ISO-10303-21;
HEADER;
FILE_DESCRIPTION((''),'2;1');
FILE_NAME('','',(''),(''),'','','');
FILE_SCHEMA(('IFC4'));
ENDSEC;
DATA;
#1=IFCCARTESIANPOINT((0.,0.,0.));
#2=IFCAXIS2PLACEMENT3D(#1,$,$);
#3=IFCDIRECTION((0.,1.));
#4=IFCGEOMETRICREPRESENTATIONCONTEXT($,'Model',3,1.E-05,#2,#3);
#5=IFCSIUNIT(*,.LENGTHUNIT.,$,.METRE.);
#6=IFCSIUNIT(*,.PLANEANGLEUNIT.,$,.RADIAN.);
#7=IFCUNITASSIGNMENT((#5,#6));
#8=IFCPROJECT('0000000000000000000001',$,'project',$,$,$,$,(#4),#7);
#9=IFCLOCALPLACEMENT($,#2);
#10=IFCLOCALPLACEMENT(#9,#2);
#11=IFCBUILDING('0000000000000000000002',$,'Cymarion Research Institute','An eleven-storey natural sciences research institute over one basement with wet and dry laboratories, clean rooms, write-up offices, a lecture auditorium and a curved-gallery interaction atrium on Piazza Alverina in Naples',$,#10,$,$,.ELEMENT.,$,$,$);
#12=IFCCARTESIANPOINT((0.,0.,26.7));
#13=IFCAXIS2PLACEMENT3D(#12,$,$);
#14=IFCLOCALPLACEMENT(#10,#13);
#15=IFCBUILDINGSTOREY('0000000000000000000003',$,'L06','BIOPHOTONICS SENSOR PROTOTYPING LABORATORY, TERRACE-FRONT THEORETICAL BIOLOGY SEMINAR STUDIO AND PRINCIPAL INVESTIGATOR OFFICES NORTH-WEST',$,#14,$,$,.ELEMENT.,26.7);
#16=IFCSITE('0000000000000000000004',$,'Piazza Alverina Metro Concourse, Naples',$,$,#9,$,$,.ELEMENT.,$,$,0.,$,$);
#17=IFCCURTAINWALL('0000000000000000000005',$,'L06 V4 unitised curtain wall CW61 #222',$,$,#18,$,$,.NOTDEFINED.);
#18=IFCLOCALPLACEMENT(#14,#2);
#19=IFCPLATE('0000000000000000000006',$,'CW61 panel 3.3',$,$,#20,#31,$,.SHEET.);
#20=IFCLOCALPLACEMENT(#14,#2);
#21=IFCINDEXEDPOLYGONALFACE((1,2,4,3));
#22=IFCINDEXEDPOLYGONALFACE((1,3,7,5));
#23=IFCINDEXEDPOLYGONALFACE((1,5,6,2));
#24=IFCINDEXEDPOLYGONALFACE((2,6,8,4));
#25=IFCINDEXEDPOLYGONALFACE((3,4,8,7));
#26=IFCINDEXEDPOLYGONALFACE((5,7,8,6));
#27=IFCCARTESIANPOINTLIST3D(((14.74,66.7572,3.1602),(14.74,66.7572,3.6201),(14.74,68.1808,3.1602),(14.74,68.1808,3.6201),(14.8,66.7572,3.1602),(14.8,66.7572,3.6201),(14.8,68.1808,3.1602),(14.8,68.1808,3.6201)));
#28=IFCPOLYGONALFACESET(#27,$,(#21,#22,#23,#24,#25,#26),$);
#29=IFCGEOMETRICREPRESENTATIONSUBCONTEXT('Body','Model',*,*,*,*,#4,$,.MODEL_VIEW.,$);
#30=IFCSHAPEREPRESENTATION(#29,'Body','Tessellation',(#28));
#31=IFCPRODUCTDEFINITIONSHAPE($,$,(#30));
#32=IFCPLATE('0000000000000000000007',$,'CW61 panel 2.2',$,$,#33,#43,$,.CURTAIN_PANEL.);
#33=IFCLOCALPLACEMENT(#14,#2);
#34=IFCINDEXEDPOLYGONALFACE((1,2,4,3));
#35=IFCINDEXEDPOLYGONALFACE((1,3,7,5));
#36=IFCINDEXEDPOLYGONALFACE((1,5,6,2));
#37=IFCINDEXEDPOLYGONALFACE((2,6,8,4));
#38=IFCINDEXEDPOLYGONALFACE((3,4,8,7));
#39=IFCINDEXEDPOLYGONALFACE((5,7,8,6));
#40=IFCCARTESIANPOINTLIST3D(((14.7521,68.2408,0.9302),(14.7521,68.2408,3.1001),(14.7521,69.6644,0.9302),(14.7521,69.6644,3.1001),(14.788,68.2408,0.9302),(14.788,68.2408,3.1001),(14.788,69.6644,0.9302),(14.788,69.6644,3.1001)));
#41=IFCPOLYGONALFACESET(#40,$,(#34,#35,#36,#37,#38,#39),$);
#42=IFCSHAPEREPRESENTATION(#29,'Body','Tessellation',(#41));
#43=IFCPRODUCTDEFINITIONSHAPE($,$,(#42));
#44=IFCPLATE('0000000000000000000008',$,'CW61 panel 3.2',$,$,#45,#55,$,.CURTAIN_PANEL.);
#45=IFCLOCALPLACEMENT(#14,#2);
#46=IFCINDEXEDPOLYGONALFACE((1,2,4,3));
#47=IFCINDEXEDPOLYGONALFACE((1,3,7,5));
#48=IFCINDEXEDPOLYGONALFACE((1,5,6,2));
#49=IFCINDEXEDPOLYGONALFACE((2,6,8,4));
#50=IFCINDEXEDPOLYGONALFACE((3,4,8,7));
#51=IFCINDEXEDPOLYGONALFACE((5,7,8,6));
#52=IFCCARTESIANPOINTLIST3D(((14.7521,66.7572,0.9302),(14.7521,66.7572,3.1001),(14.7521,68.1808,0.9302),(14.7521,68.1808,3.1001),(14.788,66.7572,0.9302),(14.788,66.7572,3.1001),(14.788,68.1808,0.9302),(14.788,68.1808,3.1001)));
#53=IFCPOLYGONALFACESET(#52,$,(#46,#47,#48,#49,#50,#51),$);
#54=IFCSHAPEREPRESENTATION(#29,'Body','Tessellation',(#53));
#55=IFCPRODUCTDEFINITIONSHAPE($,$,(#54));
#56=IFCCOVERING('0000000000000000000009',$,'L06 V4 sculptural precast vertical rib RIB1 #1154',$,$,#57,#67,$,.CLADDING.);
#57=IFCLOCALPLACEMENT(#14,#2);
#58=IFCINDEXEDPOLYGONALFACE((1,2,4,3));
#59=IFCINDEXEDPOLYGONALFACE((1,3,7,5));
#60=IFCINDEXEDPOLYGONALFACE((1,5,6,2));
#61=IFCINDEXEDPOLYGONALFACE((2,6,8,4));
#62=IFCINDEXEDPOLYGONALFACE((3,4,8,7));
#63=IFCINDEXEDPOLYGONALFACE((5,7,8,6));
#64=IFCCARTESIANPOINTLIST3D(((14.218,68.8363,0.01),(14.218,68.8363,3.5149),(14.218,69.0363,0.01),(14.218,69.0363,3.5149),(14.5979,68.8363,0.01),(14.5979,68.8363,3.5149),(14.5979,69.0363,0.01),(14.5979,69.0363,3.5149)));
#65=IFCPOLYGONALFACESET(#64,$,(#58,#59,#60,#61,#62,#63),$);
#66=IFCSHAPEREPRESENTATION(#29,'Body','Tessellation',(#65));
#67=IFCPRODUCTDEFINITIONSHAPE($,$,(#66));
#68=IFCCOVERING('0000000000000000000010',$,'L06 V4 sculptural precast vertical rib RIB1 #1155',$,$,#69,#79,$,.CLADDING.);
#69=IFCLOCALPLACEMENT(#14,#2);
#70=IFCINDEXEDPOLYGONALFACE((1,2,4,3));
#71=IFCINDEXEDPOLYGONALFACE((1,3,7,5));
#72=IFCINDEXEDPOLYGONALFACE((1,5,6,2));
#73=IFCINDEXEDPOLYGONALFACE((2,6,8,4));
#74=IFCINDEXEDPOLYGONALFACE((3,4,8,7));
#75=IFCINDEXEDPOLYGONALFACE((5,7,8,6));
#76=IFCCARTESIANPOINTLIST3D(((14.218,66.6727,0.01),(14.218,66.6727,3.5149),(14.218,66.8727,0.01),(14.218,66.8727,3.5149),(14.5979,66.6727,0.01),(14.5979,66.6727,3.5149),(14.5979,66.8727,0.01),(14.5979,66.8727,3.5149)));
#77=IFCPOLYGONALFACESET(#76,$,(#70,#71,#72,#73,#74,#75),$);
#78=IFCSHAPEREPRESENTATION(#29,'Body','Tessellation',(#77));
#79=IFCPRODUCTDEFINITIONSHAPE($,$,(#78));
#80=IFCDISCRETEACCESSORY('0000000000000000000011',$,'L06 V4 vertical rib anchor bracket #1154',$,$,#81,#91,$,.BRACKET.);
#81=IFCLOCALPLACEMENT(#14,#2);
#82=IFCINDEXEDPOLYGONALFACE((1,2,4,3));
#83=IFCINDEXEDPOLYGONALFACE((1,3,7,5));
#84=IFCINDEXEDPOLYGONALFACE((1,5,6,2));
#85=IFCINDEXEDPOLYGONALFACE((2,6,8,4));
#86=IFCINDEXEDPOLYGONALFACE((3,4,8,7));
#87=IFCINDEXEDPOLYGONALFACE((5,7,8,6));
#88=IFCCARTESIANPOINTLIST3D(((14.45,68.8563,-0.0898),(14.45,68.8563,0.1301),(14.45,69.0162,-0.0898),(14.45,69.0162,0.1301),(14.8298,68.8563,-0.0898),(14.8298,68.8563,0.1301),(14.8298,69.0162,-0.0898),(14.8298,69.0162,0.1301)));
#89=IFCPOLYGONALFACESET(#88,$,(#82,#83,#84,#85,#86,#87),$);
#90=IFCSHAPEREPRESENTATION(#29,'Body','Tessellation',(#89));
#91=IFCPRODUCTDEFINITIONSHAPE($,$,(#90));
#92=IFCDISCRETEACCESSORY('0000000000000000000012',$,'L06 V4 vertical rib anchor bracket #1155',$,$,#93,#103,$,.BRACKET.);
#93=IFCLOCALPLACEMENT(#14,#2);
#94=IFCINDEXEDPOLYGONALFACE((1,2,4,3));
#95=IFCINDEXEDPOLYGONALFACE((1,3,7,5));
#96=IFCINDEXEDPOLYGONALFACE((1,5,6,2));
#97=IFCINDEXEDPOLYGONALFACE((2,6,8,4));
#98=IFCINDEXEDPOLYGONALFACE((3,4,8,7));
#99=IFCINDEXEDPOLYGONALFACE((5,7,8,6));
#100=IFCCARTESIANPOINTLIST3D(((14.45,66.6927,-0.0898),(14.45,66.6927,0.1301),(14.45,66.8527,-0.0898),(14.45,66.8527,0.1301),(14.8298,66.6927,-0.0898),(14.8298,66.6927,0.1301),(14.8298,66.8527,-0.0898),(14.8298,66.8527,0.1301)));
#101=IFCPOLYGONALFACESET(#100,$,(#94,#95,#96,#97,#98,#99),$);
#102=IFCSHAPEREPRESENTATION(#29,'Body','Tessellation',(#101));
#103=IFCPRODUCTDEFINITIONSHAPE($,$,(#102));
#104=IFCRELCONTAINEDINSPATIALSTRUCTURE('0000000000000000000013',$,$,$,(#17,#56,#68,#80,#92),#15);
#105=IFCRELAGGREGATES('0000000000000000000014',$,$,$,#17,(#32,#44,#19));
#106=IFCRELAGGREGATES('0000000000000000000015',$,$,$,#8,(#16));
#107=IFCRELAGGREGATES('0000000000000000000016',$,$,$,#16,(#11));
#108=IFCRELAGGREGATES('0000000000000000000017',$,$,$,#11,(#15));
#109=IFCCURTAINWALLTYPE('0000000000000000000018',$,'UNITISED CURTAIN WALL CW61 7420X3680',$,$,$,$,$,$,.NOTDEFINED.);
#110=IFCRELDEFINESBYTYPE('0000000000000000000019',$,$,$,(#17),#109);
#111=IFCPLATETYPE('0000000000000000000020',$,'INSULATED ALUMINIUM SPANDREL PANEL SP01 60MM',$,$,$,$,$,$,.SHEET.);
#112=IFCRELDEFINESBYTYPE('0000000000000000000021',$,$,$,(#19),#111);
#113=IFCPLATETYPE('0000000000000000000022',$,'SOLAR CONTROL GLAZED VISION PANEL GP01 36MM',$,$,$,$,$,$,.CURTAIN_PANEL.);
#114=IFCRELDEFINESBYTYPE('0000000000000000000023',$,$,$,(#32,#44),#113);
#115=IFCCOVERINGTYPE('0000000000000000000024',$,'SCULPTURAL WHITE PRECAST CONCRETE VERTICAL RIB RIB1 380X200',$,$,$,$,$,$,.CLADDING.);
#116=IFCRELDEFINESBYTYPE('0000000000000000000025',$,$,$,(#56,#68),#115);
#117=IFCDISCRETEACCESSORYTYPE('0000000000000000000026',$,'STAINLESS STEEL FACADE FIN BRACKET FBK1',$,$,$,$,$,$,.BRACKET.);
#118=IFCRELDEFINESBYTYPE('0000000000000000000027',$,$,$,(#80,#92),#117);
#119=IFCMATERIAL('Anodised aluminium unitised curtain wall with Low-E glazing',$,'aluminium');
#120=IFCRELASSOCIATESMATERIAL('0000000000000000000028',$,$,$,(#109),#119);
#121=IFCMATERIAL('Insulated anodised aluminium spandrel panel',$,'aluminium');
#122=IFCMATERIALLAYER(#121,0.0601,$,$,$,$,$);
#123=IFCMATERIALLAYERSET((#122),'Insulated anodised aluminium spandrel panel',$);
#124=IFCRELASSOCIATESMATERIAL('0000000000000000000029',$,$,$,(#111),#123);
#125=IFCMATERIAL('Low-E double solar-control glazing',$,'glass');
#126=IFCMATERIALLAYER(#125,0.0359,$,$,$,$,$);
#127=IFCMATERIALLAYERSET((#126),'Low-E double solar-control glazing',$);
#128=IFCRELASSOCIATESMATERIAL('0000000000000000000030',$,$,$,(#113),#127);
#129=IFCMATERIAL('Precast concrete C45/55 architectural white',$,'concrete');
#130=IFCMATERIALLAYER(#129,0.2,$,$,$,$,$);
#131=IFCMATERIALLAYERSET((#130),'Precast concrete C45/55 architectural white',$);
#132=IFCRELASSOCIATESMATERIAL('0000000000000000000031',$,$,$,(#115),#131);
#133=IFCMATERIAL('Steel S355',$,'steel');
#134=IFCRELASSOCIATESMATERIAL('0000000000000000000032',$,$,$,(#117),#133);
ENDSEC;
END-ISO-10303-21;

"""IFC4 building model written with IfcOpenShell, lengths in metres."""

from ifc_helpers import new_model, si_unit, direction, frame, origin, origin_2d, place, context, subcontext, project, spatial, rectangle, extrude, material, layer, layer_set, type_object, element, aggregate, save


model = new_model("IFC4")

# Units and contexts
model_context = context("Model", 3, precision=1e-05, world=origin(), true_north=direction((0.0, 1.0)))
body_context = subcontext(model_context, "Body", "Model", "MODEL_VIEW")
ifc_project = project(units=[si_unit("LENGTHUNIT", "METRE"), si_unit("PLANEANGLEUNIT", "RADIAN")], contexts=[model_context])

# Site, building, storey
site_placement = place(None, origin())
site = spatial("IfcSite", under=ifc_project, at=site_placement, Name="Piazza Alverina Metro Concourse, Naples", CompositionType="ELEMENT", RefElevation=0.0)
building_placement = place(site_placement, origin())
building = spatial("IfcBuilding", under=site, at=building_placement, Name="Cymarion Research Institute", Description="An eleven-storey natural sciences research institute over one basement with wet and dry laboratories, clean rooms, write-up offices, a lecture auditorium and a curved-gallery interaction atrium on Piazza Alverina in Naples", CompositionType="ELEMENT")
storey_placement = place(building_placement, frame((0.0, 0.0, 26.7)))
storey = spatial("IfcBuildingStorey", under=building, at=storey_placement, Name="L06", Description="BIOPHOTONICS SENSOR PROTOTYPING LABORATORY, TERRACE-FRONT THEORETICAL BIOLOGY SEMINAR STUDIO AND PRINCIPAL INVESTIGATOR OFFICES NORTH-WEST", CompositionType="ELEMENT", Elevation=26.7)

# Curtain wall, plates
ifc_material_1 = material(Name="Anodised aluminium unitised curtain wall with Low-E glazing", Category="aluminium")
curtain_wall_type = type_object("IfcCurtainWallType", Name="UNITISED CURTAIN WALL CW61 7420X3680", PredefinedType="NOTDEFINED", material=ifc_material_1)
curtain_wall_placement = place(storey_placement, origin())
curtain_wall = element("IfcCurtainWall", 1, at=curtain_wall_placement, inside=storey, type_object=curtain_wall_type, Name="L06 V4 unitised curtain wall CW61 #222", PredefinedType="NOTDEFINED")
ifc_material_2 = material(Name="Insulated anodised aluminium spandrel panel", Category="aluminium")
ifc_layer_1 = layer(ifc_material_2, 0.0601)
ifc_layer_set_1 = layer_set([ifc_layer_1], Name="Insulated anodised aluminium spandrel panel")
plate_type_1 = type_object("IfcPlateType", Name="INSULATED ALUMINIUM SPANDREL PANEL SP01 60MM", PredefinedType="SHEET", material=ifc_layer_set_1)
plate_1_placement = place(storey_placement, frame((14.77, 67.469, 3.1602), z_axis=(0.0, 0.0, 1.0), x_axis=(0.0, -1.0, 0.0)))
plate_1 = element("IfcPlate", 2, at=plate_1_placement, type_object=plate_type_1, Name="CW61 panel 3.3", PredefinedType="SHEET", context=body_context, shape_type="SweptSolid", body=[
    extrude(rectangle(XDim=1.4236, YDim=0.0601, at=origin_2d()), origin(), (0.0, 0.0, 1.0), 0.46),
])
ifc_material_3 = material(Name="Low-E double solar-control glazing", Category="glass")
ifc_layer_2 = layer(ifc_material_3, 0.0359)
ifc_layer_set_2 = layer_set([ifc_layer_2], Name="Low-E double solar-control glazing")
plate_type_2 = type_object("IfcPlateType", Name="SOLAR CONTROL GLAZED VISION PANEL GP01 36MM", PredefinedType="CURTAIN_PANEL", material=ifc_layer_set_2)
plate_2_placement = place(storey_placement, frame((14.77, 68.9526, 0.9302), z_axis=(0.0, 0.0, 1.0), x_axis=(0.0, -1.0, 0.0)))
plate_2 = element("IfcPlate", 3, at=plate_2_placement, type_object=plate_type_2, Name="CW61 panel 2.2", PredefinedType="CURTAIN_PANEL", context=body_context, shape_type="SweptSolid", body=[
    extrude(rectangle(XDim=1.4236, YDim=0.0359, at=origin_2d()), origin(), (0.0, 0.0, 1.0), 2.1699),
])
plate_3_placement = place(storey_placement, frame((14.77, 67.469, 0.9302), z_axis=(0.0, 0.0, 1.0), x_axis=(0.0, -1.0, 0.0)))
plate_3 = element("IfcPlate", 4, at=plate_3_placement, type_object=plate_type_2, Name="CW61 panel 3.2", PredefinedType="CURTAIN_PANEL", context=body_context, shape_type="SweptSolid", body=[
    extrude(rectangle(XDim=1.4236, YDim=0.0359, at=origin_2d()), origin(), (0.0, 0.0, 1.0), 2.1699),
])
aggregate(curtain_wall, [plate_2, plate_3, plate_1])

# Coverings
ifc_material_4 = material(Name="Precast concrete C45/55 architectural white", Category="concrete")
ifc_layer_3 = layer(ifc_material_4, 0.2)
ifc_layer_set_3 = layer_set([ifc_layer_3], Name="Precast concrete C45/55 architectural white")
covering_type = type_object("IfcCoveringType", Name="SCULPTURAL WHITE PRECAST CONCRETE VERTICAL RIB RIB1 380X200", PredefinedType="CLADDING", material=ifc_layer_set_3)
for number, where, z_axis, x_axis, name in (
    (5, (14.408, 68.9363, 0.01), (0.0, 0.0, 1.0), (-1.0, 0.0, 0.0), "L06 V4 sculptural precast vertical rib RIB1 #1154"),
    (6, (14.408, 66.7727, 0.01), (0.0, 0.0, 1.0), (-1.0, 0.0, 0.0), "L06 V4 sculptural precast vertical rib RIB1 #1155"),
):
    element("IfcCovering", number, at=place(storey_placement, frame(where, z_axis=z_axis, x_axis=x_axis)), inside=storey, type_object=covering_type, Name=name, PredefinedType="CLADDING", context=body_context, shape_type="SweptSolid", body=[
        extrude(rectangle(XDim=0.3799, YDim=0.2, at=origin_2d()), origin(), (0.0, 0.0, 1.0), 3.5049),
    ])

# Discrete accessories
ifc_material_5 = material(Name="Steel S355", Category="steel")
discrete_accessory_type = type_object("IfcDiscreteAccessoryType", Name="STAINLESS STEEL FACADE FIN BRACKET FBK1", PredefinedType="BRACKET", material=ifc_material_5)
for number, where, z_axis, x_axis, name in (
    (7, (14.6399, 68.9363, -0.0898), (0.0, 0.0, 1.0), (-1.0, 0.0, 0.0), "L06 V4 vertical rib anchor bracket #1154"),
    (8, (14.6399, 66.7727, -0.0898), (0.0, 0.0, 1.0), (-1.0, 0.0, 0.0), "L06 V4 vertical rib anchor bracket #1155"),
):
    element("IfcDiscreteAccessory", number, at=place(storey_placement, frame(where, z_axis=z_axis, x_axis=x_axis)), inside=storey, type_object=discrete_accessory_type, Name=name, PredefinedType="BRACKET", context=body_context, shape_type="SweptSolid", body=[
        extrude(rectangle(XDim=0.3799, YDim=0.1599, at=origin_2d()), origin(), (0.0, 0.0, 1.0), 0.22),
    ])

save(model, "model.ifc")
